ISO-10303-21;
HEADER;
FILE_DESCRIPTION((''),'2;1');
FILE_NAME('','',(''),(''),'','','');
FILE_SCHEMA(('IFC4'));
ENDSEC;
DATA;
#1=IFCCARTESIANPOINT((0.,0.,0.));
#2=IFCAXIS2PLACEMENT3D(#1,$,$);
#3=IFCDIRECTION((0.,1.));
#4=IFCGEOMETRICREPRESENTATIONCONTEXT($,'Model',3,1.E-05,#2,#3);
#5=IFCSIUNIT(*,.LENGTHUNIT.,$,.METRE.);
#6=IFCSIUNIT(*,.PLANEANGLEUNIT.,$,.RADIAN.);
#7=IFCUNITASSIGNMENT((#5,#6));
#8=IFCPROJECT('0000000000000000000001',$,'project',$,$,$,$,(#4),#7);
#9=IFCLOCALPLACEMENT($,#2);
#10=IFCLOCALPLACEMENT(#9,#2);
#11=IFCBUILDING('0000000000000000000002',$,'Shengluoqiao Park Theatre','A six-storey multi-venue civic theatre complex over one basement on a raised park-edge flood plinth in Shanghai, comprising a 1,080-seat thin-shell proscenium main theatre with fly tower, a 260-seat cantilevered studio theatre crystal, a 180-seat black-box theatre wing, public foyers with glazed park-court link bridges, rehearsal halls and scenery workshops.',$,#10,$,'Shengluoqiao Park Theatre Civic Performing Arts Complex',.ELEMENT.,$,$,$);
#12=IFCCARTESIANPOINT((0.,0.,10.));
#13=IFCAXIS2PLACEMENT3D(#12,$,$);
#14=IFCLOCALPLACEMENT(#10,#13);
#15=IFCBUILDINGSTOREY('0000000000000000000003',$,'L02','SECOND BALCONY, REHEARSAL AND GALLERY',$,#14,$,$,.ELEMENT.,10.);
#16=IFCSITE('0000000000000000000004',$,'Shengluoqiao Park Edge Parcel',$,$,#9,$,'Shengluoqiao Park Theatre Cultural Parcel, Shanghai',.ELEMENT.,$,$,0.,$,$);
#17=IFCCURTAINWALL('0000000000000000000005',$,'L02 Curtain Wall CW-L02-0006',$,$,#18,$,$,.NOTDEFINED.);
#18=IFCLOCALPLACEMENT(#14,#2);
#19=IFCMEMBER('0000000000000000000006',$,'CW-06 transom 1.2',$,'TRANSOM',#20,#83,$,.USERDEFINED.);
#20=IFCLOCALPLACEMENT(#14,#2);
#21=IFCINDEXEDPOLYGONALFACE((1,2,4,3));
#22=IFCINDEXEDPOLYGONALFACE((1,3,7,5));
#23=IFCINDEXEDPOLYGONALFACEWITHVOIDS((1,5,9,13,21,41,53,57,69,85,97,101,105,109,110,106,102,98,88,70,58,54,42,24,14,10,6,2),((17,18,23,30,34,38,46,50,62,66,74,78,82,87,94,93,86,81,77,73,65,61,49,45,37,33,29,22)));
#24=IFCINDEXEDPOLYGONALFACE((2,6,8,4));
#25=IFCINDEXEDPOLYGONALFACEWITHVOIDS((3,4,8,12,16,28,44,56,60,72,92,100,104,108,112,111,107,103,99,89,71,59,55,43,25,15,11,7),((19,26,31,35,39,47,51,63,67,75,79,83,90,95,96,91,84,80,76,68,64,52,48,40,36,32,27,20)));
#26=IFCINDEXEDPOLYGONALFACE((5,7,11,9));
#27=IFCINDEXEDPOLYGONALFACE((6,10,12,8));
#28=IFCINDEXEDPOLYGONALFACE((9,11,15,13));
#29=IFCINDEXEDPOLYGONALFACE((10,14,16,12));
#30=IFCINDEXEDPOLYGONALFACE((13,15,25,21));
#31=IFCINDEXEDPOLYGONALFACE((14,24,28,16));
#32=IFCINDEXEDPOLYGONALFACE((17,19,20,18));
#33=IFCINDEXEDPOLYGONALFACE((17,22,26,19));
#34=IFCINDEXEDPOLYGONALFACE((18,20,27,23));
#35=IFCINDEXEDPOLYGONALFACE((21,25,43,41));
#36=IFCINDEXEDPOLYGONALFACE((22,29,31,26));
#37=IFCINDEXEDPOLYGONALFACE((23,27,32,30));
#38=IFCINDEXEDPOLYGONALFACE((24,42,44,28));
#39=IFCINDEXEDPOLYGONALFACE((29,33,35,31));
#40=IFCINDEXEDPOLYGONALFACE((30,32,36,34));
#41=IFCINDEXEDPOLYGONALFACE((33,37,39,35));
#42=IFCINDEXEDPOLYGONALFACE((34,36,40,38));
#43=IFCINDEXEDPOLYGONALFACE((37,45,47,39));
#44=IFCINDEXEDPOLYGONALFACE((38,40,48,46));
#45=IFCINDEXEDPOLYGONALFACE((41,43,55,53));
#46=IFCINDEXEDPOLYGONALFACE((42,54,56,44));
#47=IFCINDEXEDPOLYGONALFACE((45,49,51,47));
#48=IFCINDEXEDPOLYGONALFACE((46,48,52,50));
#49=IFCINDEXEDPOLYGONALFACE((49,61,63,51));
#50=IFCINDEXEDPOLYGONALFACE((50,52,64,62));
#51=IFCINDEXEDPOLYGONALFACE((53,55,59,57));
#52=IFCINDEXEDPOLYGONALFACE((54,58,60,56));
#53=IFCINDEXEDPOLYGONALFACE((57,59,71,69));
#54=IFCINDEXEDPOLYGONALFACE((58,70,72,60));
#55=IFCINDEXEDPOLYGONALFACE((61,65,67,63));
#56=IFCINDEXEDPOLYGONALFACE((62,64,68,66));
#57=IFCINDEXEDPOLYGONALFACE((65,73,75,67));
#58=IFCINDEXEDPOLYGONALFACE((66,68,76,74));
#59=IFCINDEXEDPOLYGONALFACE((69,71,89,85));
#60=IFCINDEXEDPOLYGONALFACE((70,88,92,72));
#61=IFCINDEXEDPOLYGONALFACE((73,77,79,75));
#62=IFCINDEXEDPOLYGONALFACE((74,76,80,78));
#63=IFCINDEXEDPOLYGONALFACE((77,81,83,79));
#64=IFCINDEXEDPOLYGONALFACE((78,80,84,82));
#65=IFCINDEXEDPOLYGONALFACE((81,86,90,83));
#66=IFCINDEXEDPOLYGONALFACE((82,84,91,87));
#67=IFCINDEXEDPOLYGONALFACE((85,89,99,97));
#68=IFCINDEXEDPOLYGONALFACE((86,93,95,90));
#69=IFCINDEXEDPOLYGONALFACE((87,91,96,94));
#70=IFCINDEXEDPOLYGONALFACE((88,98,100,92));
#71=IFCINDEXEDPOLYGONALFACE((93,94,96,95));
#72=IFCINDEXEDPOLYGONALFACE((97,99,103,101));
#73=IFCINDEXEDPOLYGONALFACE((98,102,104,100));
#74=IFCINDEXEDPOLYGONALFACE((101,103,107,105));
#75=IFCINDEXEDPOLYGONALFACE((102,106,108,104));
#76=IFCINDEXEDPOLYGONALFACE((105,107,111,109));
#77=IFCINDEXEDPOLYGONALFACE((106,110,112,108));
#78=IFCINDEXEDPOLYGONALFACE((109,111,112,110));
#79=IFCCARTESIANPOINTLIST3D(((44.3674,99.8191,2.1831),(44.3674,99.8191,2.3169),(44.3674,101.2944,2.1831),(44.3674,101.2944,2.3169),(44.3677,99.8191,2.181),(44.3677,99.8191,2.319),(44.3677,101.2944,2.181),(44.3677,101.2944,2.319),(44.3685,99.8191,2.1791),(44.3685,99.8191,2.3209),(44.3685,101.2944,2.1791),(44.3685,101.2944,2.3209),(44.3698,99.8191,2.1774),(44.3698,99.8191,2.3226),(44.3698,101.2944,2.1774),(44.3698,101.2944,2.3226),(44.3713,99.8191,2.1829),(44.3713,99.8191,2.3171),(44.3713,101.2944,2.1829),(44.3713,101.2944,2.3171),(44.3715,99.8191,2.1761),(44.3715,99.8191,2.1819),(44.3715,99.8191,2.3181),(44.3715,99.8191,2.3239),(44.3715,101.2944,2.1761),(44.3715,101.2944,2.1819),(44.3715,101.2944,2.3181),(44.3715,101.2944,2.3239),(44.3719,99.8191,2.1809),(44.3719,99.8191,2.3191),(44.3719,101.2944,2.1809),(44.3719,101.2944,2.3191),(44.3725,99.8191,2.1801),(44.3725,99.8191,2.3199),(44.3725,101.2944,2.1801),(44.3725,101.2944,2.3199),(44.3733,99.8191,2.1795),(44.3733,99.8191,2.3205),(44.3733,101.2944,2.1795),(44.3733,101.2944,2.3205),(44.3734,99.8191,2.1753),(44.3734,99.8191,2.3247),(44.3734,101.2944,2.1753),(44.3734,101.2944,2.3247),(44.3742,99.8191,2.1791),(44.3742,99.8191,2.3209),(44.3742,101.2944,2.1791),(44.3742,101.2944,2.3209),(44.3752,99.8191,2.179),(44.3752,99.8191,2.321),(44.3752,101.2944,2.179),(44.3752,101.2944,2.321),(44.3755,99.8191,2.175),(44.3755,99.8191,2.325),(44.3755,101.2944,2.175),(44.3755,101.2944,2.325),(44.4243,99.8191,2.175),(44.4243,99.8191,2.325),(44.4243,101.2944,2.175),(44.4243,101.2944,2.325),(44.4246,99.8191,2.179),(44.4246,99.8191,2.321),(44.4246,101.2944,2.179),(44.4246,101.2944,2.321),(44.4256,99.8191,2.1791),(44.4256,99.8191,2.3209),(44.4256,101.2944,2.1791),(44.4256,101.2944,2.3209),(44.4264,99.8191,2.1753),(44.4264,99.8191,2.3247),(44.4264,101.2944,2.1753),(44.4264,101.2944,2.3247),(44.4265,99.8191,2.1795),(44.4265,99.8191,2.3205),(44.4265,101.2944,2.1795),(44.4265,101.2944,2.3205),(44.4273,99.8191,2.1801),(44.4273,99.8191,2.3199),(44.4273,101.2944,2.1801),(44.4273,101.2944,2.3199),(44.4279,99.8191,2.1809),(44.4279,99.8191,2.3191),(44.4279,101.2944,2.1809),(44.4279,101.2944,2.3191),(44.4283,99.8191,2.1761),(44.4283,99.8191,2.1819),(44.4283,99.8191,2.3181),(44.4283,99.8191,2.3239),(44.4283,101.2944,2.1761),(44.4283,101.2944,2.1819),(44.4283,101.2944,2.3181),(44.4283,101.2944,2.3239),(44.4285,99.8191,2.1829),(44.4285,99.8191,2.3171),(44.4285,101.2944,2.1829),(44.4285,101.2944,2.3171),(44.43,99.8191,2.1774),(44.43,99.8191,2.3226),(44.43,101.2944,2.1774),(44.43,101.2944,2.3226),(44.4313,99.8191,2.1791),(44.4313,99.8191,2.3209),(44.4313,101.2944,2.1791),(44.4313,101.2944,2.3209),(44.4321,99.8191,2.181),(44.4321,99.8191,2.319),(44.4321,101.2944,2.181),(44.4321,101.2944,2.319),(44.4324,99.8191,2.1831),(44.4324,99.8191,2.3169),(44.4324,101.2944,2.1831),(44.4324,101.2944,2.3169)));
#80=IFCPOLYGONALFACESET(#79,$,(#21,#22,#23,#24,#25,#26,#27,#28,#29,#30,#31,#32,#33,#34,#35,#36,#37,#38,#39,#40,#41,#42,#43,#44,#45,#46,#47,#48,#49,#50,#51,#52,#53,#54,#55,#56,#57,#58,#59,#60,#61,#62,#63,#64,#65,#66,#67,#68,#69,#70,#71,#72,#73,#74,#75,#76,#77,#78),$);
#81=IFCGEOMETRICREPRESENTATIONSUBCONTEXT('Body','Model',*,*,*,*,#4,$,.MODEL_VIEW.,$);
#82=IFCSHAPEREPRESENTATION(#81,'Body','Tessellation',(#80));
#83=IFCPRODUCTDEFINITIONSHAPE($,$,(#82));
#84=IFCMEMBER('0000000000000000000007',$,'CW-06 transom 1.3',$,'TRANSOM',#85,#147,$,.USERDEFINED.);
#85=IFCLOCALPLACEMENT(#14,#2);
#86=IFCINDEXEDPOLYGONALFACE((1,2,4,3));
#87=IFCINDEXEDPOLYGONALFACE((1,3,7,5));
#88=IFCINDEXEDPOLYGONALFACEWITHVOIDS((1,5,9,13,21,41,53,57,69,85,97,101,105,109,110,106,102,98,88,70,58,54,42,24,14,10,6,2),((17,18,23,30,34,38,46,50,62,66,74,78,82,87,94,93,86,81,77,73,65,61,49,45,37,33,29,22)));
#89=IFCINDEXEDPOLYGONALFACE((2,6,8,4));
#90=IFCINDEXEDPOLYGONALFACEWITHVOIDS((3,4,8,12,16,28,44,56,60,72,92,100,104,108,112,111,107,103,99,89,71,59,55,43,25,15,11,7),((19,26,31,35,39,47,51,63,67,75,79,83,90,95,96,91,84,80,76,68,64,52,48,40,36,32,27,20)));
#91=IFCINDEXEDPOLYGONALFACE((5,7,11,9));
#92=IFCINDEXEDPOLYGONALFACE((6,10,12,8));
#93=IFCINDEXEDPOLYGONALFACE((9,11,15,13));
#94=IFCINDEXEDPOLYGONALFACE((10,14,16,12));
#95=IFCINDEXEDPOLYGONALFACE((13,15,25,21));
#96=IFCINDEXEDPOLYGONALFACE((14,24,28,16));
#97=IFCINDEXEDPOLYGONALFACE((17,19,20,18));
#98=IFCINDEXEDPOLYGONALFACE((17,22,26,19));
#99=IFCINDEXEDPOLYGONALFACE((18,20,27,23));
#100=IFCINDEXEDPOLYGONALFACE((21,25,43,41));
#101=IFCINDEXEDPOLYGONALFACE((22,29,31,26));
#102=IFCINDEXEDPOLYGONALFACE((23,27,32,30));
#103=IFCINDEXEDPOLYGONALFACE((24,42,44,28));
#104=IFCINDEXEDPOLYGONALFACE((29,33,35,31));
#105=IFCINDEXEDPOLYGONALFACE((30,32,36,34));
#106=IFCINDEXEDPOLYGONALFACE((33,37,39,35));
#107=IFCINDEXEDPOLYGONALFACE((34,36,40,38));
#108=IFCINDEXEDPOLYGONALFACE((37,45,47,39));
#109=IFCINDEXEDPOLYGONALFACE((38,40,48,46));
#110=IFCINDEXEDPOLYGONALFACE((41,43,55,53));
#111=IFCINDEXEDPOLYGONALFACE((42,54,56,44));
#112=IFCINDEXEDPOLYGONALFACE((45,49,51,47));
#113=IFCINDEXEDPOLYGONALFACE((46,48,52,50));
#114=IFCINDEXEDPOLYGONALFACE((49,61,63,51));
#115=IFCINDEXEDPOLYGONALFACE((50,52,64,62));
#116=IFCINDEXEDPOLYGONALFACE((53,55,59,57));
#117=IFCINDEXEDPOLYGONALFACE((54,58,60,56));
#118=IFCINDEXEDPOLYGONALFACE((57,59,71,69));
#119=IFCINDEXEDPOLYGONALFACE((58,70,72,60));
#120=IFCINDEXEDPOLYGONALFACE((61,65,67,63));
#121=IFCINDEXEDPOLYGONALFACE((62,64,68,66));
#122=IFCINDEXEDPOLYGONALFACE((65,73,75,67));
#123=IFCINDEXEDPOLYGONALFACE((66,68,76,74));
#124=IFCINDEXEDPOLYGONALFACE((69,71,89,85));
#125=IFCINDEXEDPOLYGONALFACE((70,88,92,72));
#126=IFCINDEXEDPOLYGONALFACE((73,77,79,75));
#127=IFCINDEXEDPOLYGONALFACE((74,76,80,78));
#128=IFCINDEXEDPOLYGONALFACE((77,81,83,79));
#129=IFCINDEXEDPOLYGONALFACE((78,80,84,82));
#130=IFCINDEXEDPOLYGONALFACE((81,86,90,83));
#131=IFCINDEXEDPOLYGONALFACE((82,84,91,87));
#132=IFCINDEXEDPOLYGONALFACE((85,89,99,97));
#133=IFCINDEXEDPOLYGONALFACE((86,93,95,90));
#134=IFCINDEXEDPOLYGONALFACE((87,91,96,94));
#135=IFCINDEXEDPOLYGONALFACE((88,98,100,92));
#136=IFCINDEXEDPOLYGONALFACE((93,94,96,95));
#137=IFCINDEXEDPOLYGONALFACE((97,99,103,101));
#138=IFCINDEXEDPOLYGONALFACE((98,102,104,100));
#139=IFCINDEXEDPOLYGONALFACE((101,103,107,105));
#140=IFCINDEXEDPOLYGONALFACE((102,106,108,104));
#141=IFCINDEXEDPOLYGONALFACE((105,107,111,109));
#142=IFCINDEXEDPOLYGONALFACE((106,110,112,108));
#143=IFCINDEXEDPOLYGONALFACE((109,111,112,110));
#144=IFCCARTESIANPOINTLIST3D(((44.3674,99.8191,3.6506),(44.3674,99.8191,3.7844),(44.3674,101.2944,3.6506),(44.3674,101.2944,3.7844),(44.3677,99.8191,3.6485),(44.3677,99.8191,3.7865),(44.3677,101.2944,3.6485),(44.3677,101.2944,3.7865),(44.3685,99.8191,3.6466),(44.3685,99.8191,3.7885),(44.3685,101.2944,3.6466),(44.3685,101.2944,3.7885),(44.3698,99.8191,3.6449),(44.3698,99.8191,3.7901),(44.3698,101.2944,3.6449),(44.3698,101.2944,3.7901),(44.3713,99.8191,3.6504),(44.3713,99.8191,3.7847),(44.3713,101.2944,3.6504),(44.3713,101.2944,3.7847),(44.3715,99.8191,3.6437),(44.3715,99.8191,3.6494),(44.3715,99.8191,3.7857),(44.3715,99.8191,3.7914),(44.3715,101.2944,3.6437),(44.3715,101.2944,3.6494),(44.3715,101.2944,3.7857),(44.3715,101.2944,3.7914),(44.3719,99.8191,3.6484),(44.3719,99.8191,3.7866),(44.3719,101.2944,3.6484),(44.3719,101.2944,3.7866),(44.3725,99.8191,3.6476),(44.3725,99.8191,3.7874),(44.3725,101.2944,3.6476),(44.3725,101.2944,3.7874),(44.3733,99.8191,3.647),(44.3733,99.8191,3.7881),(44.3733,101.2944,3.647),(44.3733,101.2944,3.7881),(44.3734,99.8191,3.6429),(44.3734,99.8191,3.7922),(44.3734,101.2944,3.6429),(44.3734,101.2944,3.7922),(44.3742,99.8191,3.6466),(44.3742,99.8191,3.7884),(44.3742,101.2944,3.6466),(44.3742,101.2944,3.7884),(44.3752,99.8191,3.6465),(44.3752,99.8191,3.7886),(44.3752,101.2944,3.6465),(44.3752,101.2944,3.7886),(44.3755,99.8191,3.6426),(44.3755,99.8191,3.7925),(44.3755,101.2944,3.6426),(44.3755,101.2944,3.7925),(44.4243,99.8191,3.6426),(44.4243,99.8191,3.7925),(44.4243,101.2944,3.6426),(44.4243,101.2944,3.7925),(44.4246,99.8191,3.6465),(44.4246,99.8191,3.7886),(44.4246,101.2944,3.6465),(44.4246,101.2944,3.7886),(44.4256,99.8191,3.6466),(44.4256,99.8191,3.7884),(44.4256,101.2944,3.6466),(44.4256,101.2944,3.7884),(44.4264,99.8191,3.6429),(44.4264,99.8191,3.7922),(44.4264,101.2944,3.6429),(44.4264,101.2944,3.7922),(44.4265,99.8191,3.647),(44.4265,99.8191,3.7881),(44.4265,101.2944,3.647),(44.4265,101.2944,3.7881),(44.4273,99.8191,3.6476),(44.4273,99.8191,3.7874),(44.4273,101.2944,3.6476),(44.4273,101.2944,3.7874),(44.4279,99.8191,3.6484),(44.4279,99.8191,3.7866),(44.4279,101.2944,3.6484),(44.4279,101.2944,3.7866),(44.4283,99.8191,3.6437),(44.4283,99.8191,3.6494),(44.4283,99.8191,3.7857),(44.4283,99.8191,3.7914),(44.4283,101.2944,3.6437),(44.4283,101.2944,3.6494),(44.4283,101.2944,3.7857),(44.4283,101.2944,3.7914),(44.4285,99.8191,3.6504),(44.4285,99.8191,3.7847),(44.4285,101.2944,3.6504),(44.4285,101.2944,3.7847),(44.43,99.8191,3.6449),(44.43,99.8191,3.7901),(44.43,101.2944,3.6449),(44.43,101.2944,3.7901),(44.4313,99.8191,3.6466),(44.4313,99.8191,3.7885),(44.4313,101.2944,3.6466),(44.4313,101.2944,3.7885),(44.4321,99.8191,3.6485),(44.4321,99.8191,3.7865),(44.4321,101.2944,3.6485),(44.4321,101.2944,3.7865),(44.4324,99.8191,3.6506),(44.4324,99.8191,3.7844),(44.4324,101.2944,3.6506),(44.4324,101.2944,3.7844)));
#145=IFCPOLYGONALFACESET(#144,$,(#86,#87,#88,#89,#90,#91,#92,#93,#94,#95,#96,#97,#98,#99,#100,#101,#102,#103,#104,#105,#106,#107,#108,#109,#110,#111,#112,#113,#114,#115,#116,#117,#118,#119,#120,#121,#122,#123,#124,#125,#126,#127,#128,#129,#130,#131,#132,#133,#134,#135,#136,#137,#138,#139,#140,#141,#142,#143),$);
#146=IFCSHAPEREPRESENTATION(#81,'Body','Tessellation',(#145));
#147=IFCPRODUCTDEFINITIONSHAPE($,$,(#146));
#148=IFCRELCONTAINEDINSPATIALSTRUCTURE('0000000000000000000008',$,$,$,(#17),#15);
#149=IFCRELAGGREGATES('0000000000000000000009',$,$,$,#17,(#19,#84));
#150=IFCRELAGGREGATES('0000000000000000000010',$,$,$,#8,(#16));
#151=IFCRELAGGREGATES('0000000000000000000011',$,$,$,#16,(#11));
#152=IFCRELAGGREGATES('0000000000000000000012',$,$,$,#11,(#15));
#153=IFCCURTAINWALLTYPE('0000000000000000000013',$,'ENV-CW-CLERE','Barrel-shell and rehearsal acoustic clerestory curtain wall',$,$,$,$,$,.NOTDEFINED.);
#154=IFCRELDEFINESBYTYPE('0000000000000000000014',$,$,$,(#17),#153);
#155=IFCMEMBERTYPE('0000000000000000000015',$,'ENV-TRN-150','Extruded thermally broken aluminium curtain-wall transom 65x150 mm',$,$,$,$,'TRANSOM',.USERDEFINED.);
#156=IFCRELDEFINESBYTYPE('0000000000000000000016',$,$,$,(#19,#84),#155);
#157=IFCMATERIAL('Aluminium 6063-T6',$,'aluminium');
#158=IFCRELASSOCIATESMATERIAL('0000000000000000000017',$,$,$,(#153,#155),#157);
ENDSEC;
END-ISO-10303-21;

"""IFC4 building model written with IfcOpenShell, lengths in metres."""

from ifc_helpers import new_model, si_unit, direction, frame, origin, origin_2d, place, context, subcontext, project, spatial, hollow_rectangle, extrude, material, material_profile, profile_set, type_object, element, aggregate, save


model = new_model("IFC4")

# Units and contexts
model_context = context("Model", 3, precision=1e-05, world=origin(), true_north=direction((0.0, 1.0)))
body_context = subcontext(model_context, "Body", "Model", "MODEL_VIEW")
ifc_project = project(units=[si_unit("LENGTHUNIT", "METRE"), si_unit("PLANEANGLEUNIT", "RADIAN")], contexts=[model_context])

# Site, building, storey
site_placement = place(None, origin())
site = spatial("IfcSite", under=ifc_project, at=site_placement, Name="Shengluoqiao Park Edge Parcel", LongName="Shengluoqiao Park Theatre Cultural Parcel, Shanghai", CompositionType="ELEMENT", RefElevation=0.0)
building_placement = place(site_placement, origin())
building = spatial("IfcBuilding", under=site, at=building_placement, Name="Shengluoqiao Park Theatre", Description="A six-storey multi-venue civic theatre complex over one basement on a raised park-edge flood plinth in Shanghai, comprising a 1,080-seat thin-shell proscenium main theatre with fly tower, a 260-seat cantilevered studio theatre crystal, a 180-seat black-box theatre wing, public foyers with glazed park-court link bridges, rehearsal halls and scenery workshops.", LongName="Shengluoqiao Park Theatre Civic Performing Arts Complex", CompositionType="ELEMENT")
storey_placement = place(building_placement, frame((0.0, 0.0, 10.0)))
storey = spatial("IfcBuildingStorey", under=building, at=storey_placement, Name="L02", Description="SECOND BALCONY, REHEARSAL AND GALLERY", CompositionType="ELEMENT", Elevation=10.0)

# Curtain wall, members
ifc_material_1 = material(Name="Aluminium 6063-T6", Category="aluminium")
curtain_wall_type = type_object("IfcCurtainWallType", Name="ENV-CW-CLERE", Description="Barrel-shell and rehearsal acoustic clerestory curtain wall", PredefinedType="NOTDEFINED", material=ifc_material_1)
curtain_wall_placement = place(storey_placement, origin())
curtain_wall = element("IfcCurtainWall", 1, at=curtain_wall_placement, inside=storey, type_object=curtain_wall_type, Name="L02 Curtain Wall CW-L02-0006", PredefinedType="NOTDEFINED")
ifc_material_profile_1 = material_profile(ifc_material_1, hollow_rectangle(XDim=0.0649, YDim=0.1499, WallThickness=0.0039, InnerFilletRadius=0.0039, OuterFilletRadius=0.0081, at=origin_2d()), Name="ALU TRANSOM 150x65x4")
ifc_profile_set_1 = profile_set([ifc_material_profile_1], Name="Aluminium 6063-T6")
member_type_1 = type_object("IfcMemberType", Name="ENV-TRN-150", Description="Extruded thermally broken aluminium curtain-wall transom 65x150 mm", ElementType="TRANSOM", PredefinedType="USERDEFINED", material=ifc_profile_set_1)
member_1_placement = place(storey_placement, frame((44.3999, 99.8191, 2.25), z_axis=(0.0, 1.0, 0.0), x_axis=(-1.0, 0.0, 0.0)))
member_1 = element("IfcMember", 2, at=member_1_placement, type_object=member_type_1, Name="CW-06 transom 1.2", ObjectType="TRANSOM", PredefinedType="USERDEFINED", context=body_context, shape_type="SweptSolid", body=[
    extrude(hollow_rectangle(XDim=0.0649, YDim=0.1499, WallThickness=0.0039, InnerFilletRadius=0.0039, OuterFilletRadius=0.0081, at=origin_2d()), origin(), (0.0, 0.0, 1.0), 1.4753),
])
member_2_placement = place(storey_placement, frame((44.3999, 99.8191, 3.7175), z_axis=(0.0, 1.0, 0.0), x_axis=(-1.0, 0.0, 0.0)))
member_2 = element("IfcMember", 3, at=member_2_placement, type_object=member_type_1, Name="CW-06 transom 1.3", ObjectType="TRANSOM", PredefinedType="USERDEFINED", context=body_context, shape_type="SweptSolid", body=[
    extrude(hollow_rectangle(XDim=0.0649, YDim=0.1499, WallThickness=0.0039, InnerFilletRadius=0.0039, OuterFilletRadius=0.0081, at=origin_2d()), origin(), (0.0, 0.0, 1.0), 1.4753),
])
aggregate(curtain_wall, [member_1, member_2])

save(model, "model.ifc")
